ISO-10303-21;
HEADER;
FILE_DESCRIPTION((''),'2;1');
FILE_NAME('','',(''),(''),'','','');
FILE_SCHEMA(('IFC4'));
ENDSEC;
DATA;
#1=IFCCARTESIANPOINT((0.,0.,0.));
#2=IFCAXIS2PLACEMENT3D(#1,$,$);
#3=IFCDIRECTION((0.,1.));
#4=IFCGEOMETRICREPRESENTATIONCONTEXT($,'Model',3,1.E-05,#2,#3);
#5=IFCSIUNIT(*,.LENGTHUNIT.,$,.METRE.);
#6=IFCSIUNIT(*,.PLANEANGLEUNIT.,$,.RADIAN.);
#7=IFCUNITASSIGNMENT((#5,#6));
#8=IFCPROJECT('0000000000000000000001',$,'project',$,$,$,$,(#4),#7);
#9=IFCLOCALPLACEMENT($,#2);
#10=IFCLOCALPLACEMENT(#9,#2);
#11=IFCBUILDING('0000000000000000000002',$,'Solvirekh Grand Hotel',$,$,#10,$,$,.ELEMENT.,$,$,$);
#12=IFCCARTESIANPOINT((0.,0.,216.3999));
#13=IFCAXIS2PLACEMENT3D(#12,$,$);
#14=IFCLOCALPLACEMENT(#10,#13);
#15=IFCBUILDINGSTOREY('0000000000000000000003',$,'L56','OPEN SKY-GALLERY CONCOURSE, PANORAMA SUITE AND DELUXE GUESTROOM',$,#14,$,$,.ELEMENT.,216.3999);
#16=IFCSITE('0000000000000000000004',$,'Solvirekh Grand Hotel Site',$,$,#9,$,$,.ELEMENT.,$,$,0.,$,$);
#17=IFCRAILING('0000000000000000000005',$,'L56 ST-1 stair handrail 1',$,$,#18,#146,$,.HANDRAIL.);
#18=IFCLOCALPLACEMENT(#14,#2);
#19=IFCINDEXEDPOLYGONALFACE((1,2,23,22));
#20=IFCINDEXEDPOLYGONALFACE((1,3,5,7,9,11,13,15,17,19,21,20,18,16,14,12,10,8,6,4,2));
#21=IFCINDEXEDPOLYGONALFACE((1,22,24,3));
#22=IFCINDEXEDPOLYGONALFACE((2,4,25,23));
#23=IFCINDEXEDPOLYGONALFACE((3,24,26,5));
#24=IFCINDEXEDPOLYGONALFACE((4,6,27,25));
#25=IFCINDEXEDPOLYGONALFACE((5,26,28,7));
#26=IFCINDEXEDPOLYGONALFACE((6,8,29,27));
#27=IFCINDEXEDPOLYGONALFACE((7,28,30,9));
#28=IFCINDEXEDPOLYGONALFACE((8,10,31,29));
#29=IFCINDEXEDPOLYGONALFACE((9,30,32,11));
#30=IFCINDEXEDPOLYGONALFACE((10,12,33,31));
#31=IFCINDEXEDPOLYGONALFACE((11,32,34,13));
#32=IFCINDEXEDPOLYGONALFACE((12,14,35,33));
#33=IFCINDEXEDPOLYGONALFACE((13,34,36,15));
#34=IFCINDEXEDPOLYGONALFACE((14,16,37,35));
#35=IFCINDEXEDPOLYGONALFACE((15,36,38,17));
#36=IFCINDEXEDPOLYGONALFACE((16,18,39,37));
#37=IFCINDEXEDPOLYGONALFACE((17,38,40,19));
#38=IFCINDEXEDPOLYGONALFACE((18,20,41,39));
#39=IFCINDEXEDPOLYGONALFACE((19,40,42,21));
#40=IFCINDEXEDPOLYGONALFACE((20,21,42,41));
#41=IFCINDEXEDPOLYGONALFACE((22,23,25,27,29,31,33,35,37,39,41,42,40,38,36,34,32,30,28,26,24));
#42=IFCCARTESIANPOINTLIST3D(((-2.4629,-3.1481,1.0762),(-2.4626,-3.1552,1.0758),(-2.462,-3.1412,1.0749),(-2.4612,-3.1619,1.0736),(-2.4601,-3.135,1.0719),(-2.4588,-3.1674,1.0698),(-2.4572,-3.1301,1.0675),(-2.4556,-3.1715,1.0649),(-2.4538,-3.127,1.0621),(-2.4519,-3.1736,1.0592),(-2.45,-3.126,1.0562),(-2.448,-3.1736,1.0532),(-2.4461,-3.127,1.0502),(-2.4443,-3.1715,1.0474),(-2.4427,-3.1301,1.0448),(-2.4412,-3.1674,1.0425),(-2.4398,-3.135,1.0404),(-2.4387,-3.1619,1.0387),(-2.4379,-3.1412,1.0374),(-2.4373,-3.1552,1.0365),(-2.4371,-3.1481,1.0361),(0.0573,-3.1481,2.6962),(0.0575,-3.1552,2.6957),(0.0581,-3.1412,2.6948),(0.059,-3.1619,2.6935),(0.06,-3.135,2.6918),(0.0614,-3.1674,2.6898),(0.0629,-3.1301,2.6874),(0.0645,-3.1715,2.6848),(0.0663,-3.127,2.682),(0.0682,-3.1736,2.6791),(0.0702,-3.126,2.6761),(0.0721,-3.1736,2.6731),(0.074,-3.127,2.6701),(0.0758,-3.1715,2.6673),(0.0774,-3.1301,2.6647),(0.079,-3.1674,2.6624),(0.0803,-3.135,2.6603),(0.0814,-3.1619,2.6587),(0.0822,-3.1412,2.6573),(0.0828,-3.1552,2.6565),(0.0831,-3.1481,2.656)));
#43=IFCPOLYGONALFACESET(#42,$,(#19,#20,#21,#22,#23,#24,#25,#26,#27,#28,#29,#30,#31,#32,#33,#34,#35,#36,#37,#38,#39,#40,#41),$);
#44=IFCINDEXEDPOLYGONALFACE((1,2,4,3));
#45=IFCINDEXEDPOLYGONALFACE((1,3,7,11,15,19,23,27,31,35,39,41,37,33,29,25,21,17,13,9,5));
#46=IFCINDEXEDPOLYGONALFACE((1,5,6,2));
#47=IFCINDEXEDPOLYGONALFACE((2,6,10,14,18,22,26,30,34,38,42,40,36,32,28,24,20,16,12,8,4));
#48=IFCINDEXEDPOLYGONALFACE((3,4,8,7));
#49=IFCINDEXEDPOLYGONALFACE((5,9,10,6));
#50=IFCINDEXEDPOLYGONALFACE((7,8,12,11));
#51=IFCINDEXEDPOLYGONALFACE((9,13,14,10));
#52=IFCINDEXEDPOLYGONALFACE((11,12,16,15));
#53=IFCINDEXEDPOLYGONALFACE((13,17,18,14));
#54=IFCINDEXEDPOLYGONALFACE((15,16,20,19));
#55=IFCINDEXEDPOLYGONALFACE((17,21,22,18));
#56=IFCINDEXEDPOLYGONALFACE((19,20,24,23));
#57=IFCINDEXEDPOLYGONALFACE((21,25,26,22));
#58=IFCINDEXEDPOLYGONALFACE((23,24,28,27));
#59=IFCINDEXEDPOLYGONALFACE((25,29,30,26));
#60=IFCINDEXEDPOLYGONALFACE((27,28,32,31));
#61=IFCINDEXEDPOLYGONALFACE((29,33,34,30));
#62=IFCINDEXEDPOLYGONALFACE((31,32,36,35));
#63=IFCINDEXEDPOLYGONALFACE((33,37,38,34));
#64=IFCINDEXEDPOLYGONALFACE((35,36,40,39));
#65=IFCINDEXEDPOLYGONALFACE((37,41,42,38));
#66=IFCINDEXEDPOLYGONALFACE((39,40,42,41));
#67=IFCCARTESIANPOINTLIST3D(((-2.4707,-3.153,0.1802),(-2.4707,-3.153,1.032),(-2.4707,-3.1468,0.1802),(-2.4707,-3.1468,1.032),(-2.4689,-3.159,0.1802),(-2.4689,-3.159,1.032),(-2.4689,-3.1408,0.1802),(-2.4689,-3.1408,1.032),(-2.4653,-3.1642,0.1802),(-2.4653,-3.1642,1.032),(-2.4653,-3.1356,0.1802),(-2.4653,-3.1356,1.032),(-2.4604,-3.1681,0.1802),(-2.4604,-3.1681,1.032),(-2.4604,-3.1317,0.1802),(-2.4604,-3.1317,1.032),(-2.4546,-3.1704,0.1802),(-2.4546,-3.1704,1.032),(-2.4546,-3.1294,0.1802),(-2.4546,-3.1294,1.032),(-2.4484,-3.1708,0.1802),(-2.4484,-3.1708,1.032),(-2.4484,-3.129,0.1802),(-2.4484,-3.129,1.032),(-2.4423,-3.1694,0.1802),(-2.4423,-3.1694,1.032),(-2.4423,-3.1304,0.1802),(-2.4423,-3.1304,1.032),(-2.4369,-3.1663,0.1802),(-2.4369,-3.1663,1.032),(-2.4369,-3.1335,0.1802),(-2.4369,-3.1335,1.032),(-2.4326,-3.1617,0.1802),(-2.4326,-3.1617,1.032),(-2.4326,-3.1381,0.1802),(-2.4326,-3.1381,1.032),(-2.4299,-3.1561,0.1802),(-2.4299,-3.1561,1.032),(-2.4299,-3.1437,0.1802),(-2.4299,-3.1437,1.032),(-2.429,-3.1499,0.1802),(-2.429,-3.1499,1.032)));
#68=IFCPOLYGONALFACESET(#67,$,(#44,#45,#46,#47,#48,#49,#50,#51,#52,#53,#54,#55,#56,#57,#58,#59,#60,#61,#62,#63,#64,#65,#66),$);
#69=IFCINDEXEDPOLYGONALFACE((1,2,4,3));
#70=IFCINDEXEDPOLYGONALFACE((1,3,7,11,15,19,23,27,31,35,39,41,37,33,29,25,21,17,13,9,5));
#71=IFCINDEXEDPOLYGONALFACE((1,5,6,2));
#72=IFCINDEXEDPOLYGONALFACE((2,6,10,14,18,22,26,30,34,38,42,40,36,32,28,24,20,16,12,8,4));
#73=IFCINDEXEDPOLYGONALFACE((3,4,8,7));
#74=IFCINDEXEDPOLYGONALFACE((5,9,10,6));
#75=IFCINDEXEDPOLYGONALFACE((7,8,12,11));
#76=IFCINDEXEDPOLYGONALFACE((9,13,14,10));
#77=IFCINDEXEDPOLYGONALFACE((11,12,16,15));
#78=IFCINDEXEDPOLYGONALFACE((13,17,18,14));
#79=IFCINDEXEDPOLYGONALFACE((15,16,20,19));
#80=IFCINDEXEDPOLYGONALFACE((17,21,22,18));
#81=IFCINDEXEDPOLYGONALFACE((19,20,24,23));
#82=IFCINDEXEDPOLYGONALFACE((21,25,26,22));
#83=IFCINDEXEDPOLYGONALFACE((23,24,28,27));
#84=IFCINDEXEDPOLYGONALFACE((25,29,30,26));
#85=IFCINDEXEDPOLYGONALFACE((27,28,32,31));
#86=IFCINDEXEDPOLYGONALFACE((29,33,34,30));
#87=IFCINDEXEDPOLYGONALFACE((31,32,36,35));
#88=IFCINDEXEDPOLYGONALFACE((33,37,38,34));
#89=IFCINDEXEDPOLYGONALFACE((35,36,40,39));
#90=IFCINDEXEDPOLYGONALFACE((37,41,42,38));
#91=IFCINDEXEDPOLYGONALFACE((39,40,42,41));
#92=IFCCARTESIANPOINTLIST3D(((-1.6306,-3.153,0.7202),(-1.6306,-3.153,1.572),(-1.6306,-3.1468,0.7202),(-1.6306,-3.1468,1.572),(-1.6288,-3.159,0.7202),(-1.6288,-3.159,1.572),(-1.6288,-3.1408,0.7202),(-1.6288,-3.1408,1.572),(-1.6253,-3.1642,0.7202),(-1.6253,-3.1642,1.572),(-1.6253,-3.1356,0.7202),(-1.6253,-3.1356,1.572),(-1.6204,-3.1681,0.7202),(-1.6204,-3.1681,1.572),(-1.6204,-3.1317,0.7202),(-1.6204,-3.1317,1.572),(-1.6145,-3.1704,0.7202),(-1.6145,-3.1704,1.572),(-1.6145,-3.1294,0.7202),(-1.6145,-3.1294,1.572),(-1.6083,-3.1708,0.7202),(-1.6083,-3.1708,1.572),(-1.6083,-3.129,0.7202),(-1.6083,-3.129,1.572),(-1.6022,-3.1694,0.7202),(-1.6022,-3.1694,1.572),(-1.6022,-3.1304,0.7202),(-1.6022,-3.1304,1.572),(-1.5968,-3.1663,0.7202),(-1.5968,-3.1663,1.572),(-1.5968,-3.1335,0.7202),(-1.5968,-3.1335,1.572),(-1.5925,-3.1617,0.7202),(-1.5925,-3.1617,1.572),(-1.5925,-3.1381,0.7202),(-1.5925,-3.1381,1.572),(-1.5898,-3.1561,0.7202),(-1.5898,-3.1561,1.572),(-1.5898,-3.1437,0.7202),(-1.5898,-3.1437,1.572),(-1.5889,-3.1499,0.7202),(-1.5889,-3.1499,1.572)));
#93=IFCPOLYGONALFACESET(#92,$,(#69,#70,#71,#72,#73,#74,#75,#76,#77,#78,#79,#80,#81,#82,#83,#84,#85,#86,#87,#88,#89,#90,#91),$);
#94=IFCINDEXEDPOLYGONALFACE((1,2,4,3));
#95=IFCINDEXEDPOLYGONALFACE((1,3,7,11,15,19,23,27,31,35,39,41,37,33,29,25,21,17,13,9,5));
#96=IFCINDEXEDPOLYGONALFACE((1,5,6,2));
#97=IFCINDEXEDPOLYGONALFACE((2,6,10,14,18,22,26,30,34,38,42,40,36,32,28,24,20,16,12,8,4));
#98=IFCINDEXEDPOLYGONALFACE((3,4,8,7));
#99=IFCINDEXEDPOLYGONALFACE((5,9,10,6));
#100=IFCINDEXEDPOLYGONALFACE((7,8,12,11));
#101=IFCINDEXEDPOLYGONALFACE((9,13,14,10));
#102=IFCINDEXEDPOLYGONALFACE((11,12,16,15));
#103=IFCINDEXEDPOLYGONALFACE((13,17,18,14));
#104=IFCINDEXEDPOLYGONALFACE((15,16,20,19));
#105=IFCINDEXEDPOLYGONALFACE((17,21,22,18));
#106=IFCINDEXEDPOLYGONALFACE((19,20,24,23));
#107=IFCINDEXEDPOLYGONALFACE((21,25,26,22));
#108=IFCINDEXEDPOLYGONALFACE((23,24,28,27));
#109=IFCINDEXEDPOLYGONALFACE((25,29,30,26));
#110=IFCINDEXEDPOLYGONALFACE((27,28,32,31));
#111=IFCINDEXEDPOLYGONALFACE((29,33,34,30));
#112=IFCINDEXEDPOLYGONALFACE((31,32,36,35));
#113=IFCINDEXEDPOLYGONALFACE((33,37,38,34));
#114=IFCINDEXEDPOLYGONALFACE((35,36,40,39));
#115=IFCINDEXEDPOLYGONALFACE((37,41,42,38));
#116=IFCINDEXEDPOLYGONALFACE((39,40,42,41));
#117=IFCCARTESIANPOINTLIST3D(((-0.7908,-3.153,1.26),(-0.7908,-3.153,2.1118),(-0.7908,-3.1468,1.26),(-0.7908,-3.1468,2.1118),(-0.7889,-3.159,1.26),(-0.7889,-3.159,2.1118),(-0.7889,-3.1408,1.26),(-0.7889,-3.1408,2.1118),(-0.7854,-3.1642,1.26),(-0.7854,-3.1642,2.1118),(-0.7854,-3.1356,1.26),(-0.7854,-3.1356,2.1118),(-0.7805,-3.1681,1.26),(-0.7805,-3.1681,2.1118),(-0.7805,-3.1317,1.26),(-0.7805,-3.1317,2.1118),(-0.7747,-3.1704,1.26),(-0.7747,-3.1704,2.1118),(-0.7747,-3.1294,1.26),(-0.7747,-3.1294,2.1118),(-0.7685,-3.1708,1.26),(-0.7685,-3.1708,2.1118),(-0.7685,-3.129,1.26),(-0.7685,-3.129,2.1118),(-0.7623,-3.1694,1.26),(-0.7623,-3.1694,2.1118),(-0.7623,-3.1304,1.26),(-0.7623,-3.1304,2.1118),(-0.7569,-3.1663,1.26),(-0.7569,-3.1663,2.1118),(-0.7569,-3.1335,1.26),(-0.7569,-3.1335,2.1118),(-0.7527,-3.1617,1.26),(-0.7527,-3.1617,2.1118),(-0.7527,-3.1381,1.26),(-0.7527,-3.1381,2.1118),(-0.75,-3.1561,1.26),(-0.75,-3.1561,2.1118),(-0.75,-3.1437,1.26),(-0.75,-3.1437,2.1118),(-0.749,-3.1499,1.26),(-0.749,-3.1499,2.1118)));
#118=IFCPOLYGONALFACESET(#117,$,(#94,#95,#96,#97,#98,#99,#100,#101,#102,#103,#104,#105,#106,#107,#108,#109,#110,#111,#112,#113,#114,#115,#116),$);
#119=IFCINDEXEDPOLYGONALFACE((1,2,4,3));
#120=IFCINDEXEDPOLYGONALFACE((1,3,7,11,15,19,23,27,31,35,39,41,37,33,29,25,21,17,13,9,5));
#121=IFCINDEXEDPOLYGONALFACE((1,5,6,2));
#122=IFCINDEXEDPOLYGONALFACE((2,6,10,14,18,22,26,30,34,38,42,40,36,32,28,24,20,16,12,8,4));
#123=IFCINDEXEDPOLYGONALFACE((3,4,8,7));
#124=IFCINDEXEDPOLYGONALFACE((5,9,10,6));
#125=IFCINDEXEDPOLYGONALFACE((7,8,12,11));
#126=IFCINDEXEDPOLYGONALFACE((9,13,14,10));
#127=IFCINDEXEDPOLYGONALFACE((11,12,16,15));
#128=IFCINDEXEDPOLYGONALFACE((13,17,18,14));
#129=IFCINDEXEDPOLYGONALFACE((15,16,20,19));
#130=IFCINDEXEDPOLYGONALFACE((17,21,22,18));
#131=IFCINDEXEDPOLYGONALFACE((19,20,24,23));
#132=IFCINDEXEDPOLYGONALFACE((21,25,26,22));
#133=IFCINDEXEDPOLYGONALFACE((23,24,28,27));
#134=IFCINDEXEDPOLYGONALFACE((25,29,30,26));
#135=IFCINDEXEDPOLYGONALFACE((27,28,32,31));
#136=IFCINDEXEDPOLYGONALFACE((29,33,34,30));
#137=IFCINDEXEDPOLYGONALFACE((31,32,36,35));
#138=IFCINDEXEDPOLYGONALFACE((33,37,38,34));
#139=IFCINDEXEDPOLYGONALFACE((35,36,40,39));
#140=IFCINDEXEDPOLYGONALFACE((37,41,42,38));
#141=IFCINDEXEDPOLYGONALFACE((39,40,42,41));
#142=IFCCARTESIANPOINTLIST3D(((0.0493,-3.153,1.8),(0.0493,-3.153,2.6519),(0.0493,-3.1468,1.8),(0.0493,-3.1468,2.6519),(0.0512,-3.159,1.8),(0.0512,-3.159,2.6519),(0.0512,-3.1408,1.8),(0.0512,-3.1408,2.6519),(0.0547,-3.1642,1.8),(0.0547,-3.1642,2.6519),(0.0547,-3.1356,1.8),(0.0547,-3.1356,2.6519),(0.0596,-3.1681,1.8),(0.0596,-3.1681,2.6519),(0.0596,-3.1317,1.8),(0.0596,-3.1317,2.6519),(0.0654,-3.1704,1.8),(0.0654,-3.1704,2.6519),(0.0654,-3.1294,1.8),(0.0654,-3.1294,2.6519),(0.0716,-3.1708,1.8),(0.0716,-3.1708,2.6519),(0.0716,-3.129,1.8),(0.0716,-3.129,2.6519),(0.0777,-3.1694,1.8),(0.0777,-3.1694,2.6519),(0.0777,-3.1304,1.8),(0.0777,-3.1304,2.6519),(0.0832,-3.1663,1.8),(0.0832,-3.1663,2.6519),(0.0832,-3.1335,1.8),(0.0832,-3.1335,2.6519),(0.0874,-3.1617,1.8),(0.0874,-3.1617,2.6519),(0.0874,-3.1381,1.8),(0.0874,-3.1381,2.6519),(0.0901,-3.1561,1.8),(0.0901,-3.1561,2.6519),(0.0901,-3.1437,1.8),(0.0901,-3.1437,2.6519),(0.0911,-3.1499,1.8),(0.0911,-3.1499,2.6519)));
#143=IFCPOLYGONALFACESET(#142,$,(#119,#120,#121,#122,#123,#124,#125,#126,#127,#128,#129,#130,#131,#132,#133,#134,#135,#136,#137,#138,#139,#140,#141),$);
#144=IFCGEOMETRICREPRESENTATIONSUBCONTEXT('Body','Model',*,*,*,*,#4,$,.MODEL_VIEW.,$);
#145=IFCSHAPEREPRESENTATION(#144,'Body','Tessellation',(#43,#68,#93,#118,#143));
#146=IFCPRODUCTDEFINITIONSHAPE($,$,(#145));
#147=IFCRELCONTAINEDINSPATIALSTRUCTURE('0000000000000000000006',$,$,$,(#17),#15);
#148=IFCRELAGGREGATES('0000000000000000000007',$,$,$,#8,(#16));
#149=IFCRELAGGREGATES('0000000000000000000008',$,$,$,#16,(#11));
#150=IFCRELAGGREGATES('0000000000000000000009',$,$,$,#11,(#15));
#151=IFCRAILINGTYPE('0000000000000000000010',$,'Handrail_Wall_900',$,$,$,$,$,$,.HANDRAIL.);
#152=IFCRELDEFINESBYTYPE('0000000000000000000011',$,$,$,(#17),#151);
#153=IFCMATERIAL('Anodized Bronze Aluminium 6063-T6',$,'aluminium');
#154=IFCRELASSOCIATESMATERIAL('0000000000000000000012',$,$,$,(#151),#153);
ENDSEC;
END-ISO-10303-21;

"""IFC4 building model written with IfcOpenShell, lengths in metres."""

from ifc_helpers import new_model, si_unit, direction, frame, origin, origin_2d, place, context, subcontext, project, spatial, circle, extrude, material, type_object, element, save


model = new_model("IFC4")

# Units and contexts
model_context = context("Model", 3, precision=1e-05, world=origin(), true_north=direction((0.0, 1.0)))
body_context = subcontext(model_context, "Body", "Model", "MODEL_VIEW")
ifc_project = project(units=[si_unit("LENGTHUNIT", "METRE"), si_unit("PLANEANGLEUNIT", "RADIAN")], contexts=[model_context])

# Site, building, storey
site_placement = place(None, origin())
site = spatial("IfcSite", under=ifc_project, at=site_placement, Name="Solvirekh Grand Hotel Site", CompositionType="ELEMENT", RefElevation=0.0)
building_placement = place(site_placement, origin())
building = spatial("IfcBuilding", under=site, at=building_placement, Name="Solvirekh Grand Hotel", CompositionType="ELEMENT")
storey_placement = place(building_placement, frame((0.0, 0.0, 216.3999)))
storey = spatial("IfcBuildingStorey", under=building, at=storey_placement, Name="L56", Description="OPEN SKY-GALLERY CONCOURSE, PANORAMA SUITE AND DELUXE GUESTROOM", CompositionType="ELEMENT", Elevation=216.3999)

# Shared definitions
ifc_material_1 = material(Name="Anodized Bronze Aluminium 6063-T6", Category="aluminium")

# Railing
railing_type_1 = type_object("IfcRailingType", Name="Handrail_Wall_900", PredefinedType="HANDRAIL", material=ifc_material_1)
railing_1_placement = place(storey_placement, frame((-2.45, -3.1499, 0.1802)))
element("IfcRailing", 1, at=railing_1_placement, inside=storey, type_object=railing_type_1, Name="L56 ST-1 stair handrail 1", PredefinedType="HANDRAIL", context=body_context, shape_type="SweptSolid", body=[
    extrude(circle(Radius=0.0239, at=origin_2d()), frame((0.0, 0.0, 0.876), z_axis=(0.8412, 0.0, 0.540725), x_axis=(0.0, 1.0, 0.0)), (0.0, 0.0, 1.0), 2.9958),
    extrude(circle(Radius=0.021, at=origin_2d()), origin(), (0.0, 0.0, 1.0), 0.8518),
    extrude(circle(Radius=0.021, at=origin_2d()), frame((0.8401, 0.0, 0.54)), (0.0, 0.0, 1.0), 0.8518),
    extrude(circle(Radius=0.021, at=origin_2d()), frame((1.6799, 0.0, 1.0798)), (0.0, 0.0, 1.0), 0.8518),
    extrude(circle(Radius=0.021, at=origin_2d()), frame((2.52, 0.0, 1.6199)), (0.0, 0.0, 1.0), 0.8518),
])

save(model, "model.ifc")
